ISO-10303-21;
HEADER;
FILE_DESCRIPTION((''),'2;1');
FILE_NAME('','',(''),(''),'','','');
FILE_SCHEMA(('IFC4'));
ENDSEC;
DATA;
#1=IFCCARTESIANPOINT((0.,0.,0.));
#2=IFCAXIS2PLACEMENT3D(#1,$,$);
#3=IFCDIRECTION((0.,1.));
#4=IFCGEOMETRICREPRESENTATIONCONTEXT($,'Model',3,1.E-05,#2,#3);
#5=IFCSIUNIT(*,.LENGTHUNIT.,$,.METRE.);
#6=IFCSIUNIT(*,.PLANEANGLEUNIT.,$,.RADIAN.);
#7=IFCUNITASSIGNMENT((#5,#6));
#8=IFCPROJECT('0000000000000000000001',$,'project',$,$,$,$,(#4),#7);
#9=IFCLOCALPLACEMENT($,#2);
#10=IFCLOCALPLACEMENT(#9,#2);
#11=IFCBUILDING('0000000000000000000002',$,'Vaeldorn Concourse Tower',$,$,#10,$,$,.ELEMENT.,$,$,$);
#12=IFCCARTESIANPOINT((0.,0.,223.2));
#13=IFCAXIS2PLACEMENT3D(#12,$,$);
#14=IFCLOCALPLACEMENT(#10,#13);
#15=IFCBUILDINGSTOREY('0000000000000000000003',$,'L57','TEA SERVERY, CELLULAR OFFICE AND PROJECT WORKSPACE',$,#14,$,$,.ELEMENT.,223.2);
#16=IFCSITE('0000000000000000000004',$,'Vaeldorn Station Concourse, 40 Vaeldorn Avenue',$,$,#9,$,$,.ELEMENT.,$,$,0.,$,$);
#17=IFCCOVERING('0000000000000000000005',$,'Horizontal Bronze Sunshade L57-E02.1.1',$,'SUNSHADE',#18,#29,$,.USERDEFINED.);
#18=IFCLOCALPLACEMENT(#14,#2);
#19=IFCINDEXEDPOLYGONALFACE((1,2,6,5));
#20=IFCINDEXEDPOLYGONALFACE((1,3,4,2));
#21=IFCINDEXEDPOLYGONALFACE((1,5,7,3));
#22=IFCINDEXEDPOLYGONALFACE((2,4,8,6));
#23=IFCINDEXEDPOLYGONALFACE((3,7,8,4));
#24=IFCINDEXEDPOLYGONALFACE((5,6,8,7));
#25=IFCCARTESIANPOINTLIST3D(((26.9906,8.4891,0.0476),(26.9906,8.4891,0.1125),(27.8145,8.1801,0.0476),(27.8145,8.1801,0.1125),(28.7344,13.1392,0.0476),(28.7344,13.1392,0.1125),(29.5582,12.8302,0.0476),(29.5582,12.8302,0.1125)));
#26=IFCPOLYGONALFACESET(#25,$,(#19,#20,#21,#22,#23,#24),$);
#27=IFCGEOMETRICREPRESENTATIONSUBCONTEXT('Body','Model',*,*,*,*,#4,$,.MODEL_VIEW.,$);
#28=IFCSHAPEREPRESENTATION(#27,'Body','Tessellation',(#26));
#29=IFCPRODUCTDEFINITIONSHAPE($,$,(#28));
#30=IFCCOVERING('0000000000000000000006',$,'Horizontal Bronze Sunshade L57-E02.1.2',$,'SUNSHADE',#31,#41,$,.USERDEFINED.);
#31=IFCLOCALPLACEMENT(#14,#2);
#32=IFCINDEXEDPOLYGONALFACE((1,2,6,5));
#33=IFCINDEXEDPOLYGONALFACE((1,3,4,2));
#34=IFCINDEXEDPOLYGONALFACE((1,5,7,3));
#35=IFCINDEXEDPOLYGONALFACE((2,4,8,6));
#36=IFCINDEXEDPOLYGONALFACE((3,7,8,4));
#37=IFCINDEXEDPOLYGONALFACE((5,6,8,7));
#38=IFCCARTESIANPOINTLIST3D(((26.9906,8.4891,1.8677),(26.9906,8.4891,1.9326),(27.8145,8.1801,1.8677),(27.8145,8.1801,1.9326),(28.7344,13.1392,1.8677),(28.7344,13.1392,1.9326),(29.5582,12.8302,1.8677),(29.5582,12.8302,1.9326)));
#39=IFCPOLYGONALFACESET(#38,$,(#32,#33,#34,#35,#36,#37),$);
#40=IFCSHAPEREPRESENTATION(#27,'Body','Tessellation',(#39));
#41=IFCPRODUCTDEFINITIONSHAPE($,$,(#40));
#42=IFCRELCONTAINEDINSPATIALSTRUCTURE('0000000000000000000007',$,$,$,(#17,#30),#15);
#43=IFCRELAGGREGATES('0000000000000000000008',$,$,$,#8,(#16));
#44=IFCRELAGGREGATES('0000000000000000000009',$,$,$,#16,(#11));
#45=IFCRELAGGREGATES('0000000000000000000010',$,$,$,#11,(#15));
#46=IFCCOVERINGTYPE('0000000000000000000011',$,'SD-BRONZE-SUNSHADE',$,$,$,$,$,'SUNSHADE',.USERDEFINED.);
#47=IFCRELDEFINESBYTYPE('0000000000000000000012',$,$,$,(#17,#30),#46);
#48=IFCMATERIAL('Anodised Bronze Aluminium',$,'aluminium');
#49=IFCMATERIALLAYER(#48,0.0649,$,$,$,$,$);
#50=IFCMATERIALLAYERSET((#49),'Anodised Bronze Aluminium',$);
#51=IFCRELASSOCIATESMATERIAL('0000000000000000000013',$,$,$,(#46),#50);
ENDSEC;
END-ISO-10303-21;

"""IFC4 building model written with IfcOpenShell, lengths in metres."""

from ifc_helpers import new_model, si_unit, direction, frame, origin, origin_2d, place, context, subcontext, project, spatial, rectangle, extrude, source, transform, mapped, material, layer, layer_set, type_object, element, save


model = new_model("IFC4")

# Units and contexts
model_context = context("Model", 3, precision=1e-05, world=origin(), true_north=direction((0.0, 1.0)))
body_context = subcontext(model_context, "Body", "Model", "MODEL_VIEW")
ifc_project = project(units=[si_unit("LENGTHUNIT", "METRE"), si_unit("PLANEANGLEUNIT", "RADIAN")], contexts=[model_context])

# Site, building, storey
site_placement = place(None, origin())
site = spatial("IfcSite", under=ifc_project, at=site_placement, Name="Vaeldorn Station Concourse, 40 Vaeldorn Avenue", CompositionType="ELEMENT", RefElevation=0.0)
building_placement = place(site_placement, origin())
building = spatial("IfcBuilding", under=site, at=building_placement, Name="Vaeldorn Concourse Tower", CompositionType="ELEMENT")
storey_placement = place(building_placement, frame((0.0, 0.0, 223.2)))
storey = spatial("IfcBuildingStorey", under=building, at=storey_placement, Name="L57", Description="TEA SERVERY, CELLULAR OFFICE AND PROJECT WORKSPACE", CompositionType="ELEMENT", Elevation=223.2)

# Shared definitions
ifc_material_1 = material(Name="Anodised Bronze Aluminium", Category="aluminium")

# Coverings
ifc_layer_1 = layer(ifc_material_1, 0.0649)
ifc_layer_set_1 = layer_set([ifc_layer_1], Name="Anodised Bronze Aluminium")
covering_type = type_object("IfcCoveringType", Name="SD-BRONZE-SUNSHADE", ElementType="SUNSHADE", PredefinedType="USERDEFINED", material=ifc_layer_set_1)
shared_shape_1 = source(origin(), body_context, "Body", "SweptSolid", [
    extrude(rectangle(XDim=4.9663, YDim=0.8799, at=origin_2d()), origin(), (0.0, 0.0, 1.0), 0.0649),
])
for number, where, z_axis, x_axis, name in (
    (1, (28.2744, 10.6597, 0.0476), (0.0, 0.0, 1.0), (0.351123, 0.936329, 0.0), "Horizontal Bronze Sunshade L57-E02.1.1"),
    (2, (28.2744, 10.6597, 1.8677), (0.0, 0.0, 1.0), (0.351123, 0.936329, 0.0), "Horizontal Bronze Sunshade L57-E02.1.2"),
):
    element("IfcCovering", number, at=place(storey_placement, frame(where, z_axis=z_axis, x_axis=x_axis)), inside=storey, type_object=covering_type, Name=name, ObjectType="SUNSHADE", PredefinedType="USERDEFINED", context=body_context, shape_type="MappedRepresentation", body=[
        mapped(shared_shape_1, transform((0.0, 0.0, 0.0), scale=1.0)),
    ])

save(model, "model.ifc")
